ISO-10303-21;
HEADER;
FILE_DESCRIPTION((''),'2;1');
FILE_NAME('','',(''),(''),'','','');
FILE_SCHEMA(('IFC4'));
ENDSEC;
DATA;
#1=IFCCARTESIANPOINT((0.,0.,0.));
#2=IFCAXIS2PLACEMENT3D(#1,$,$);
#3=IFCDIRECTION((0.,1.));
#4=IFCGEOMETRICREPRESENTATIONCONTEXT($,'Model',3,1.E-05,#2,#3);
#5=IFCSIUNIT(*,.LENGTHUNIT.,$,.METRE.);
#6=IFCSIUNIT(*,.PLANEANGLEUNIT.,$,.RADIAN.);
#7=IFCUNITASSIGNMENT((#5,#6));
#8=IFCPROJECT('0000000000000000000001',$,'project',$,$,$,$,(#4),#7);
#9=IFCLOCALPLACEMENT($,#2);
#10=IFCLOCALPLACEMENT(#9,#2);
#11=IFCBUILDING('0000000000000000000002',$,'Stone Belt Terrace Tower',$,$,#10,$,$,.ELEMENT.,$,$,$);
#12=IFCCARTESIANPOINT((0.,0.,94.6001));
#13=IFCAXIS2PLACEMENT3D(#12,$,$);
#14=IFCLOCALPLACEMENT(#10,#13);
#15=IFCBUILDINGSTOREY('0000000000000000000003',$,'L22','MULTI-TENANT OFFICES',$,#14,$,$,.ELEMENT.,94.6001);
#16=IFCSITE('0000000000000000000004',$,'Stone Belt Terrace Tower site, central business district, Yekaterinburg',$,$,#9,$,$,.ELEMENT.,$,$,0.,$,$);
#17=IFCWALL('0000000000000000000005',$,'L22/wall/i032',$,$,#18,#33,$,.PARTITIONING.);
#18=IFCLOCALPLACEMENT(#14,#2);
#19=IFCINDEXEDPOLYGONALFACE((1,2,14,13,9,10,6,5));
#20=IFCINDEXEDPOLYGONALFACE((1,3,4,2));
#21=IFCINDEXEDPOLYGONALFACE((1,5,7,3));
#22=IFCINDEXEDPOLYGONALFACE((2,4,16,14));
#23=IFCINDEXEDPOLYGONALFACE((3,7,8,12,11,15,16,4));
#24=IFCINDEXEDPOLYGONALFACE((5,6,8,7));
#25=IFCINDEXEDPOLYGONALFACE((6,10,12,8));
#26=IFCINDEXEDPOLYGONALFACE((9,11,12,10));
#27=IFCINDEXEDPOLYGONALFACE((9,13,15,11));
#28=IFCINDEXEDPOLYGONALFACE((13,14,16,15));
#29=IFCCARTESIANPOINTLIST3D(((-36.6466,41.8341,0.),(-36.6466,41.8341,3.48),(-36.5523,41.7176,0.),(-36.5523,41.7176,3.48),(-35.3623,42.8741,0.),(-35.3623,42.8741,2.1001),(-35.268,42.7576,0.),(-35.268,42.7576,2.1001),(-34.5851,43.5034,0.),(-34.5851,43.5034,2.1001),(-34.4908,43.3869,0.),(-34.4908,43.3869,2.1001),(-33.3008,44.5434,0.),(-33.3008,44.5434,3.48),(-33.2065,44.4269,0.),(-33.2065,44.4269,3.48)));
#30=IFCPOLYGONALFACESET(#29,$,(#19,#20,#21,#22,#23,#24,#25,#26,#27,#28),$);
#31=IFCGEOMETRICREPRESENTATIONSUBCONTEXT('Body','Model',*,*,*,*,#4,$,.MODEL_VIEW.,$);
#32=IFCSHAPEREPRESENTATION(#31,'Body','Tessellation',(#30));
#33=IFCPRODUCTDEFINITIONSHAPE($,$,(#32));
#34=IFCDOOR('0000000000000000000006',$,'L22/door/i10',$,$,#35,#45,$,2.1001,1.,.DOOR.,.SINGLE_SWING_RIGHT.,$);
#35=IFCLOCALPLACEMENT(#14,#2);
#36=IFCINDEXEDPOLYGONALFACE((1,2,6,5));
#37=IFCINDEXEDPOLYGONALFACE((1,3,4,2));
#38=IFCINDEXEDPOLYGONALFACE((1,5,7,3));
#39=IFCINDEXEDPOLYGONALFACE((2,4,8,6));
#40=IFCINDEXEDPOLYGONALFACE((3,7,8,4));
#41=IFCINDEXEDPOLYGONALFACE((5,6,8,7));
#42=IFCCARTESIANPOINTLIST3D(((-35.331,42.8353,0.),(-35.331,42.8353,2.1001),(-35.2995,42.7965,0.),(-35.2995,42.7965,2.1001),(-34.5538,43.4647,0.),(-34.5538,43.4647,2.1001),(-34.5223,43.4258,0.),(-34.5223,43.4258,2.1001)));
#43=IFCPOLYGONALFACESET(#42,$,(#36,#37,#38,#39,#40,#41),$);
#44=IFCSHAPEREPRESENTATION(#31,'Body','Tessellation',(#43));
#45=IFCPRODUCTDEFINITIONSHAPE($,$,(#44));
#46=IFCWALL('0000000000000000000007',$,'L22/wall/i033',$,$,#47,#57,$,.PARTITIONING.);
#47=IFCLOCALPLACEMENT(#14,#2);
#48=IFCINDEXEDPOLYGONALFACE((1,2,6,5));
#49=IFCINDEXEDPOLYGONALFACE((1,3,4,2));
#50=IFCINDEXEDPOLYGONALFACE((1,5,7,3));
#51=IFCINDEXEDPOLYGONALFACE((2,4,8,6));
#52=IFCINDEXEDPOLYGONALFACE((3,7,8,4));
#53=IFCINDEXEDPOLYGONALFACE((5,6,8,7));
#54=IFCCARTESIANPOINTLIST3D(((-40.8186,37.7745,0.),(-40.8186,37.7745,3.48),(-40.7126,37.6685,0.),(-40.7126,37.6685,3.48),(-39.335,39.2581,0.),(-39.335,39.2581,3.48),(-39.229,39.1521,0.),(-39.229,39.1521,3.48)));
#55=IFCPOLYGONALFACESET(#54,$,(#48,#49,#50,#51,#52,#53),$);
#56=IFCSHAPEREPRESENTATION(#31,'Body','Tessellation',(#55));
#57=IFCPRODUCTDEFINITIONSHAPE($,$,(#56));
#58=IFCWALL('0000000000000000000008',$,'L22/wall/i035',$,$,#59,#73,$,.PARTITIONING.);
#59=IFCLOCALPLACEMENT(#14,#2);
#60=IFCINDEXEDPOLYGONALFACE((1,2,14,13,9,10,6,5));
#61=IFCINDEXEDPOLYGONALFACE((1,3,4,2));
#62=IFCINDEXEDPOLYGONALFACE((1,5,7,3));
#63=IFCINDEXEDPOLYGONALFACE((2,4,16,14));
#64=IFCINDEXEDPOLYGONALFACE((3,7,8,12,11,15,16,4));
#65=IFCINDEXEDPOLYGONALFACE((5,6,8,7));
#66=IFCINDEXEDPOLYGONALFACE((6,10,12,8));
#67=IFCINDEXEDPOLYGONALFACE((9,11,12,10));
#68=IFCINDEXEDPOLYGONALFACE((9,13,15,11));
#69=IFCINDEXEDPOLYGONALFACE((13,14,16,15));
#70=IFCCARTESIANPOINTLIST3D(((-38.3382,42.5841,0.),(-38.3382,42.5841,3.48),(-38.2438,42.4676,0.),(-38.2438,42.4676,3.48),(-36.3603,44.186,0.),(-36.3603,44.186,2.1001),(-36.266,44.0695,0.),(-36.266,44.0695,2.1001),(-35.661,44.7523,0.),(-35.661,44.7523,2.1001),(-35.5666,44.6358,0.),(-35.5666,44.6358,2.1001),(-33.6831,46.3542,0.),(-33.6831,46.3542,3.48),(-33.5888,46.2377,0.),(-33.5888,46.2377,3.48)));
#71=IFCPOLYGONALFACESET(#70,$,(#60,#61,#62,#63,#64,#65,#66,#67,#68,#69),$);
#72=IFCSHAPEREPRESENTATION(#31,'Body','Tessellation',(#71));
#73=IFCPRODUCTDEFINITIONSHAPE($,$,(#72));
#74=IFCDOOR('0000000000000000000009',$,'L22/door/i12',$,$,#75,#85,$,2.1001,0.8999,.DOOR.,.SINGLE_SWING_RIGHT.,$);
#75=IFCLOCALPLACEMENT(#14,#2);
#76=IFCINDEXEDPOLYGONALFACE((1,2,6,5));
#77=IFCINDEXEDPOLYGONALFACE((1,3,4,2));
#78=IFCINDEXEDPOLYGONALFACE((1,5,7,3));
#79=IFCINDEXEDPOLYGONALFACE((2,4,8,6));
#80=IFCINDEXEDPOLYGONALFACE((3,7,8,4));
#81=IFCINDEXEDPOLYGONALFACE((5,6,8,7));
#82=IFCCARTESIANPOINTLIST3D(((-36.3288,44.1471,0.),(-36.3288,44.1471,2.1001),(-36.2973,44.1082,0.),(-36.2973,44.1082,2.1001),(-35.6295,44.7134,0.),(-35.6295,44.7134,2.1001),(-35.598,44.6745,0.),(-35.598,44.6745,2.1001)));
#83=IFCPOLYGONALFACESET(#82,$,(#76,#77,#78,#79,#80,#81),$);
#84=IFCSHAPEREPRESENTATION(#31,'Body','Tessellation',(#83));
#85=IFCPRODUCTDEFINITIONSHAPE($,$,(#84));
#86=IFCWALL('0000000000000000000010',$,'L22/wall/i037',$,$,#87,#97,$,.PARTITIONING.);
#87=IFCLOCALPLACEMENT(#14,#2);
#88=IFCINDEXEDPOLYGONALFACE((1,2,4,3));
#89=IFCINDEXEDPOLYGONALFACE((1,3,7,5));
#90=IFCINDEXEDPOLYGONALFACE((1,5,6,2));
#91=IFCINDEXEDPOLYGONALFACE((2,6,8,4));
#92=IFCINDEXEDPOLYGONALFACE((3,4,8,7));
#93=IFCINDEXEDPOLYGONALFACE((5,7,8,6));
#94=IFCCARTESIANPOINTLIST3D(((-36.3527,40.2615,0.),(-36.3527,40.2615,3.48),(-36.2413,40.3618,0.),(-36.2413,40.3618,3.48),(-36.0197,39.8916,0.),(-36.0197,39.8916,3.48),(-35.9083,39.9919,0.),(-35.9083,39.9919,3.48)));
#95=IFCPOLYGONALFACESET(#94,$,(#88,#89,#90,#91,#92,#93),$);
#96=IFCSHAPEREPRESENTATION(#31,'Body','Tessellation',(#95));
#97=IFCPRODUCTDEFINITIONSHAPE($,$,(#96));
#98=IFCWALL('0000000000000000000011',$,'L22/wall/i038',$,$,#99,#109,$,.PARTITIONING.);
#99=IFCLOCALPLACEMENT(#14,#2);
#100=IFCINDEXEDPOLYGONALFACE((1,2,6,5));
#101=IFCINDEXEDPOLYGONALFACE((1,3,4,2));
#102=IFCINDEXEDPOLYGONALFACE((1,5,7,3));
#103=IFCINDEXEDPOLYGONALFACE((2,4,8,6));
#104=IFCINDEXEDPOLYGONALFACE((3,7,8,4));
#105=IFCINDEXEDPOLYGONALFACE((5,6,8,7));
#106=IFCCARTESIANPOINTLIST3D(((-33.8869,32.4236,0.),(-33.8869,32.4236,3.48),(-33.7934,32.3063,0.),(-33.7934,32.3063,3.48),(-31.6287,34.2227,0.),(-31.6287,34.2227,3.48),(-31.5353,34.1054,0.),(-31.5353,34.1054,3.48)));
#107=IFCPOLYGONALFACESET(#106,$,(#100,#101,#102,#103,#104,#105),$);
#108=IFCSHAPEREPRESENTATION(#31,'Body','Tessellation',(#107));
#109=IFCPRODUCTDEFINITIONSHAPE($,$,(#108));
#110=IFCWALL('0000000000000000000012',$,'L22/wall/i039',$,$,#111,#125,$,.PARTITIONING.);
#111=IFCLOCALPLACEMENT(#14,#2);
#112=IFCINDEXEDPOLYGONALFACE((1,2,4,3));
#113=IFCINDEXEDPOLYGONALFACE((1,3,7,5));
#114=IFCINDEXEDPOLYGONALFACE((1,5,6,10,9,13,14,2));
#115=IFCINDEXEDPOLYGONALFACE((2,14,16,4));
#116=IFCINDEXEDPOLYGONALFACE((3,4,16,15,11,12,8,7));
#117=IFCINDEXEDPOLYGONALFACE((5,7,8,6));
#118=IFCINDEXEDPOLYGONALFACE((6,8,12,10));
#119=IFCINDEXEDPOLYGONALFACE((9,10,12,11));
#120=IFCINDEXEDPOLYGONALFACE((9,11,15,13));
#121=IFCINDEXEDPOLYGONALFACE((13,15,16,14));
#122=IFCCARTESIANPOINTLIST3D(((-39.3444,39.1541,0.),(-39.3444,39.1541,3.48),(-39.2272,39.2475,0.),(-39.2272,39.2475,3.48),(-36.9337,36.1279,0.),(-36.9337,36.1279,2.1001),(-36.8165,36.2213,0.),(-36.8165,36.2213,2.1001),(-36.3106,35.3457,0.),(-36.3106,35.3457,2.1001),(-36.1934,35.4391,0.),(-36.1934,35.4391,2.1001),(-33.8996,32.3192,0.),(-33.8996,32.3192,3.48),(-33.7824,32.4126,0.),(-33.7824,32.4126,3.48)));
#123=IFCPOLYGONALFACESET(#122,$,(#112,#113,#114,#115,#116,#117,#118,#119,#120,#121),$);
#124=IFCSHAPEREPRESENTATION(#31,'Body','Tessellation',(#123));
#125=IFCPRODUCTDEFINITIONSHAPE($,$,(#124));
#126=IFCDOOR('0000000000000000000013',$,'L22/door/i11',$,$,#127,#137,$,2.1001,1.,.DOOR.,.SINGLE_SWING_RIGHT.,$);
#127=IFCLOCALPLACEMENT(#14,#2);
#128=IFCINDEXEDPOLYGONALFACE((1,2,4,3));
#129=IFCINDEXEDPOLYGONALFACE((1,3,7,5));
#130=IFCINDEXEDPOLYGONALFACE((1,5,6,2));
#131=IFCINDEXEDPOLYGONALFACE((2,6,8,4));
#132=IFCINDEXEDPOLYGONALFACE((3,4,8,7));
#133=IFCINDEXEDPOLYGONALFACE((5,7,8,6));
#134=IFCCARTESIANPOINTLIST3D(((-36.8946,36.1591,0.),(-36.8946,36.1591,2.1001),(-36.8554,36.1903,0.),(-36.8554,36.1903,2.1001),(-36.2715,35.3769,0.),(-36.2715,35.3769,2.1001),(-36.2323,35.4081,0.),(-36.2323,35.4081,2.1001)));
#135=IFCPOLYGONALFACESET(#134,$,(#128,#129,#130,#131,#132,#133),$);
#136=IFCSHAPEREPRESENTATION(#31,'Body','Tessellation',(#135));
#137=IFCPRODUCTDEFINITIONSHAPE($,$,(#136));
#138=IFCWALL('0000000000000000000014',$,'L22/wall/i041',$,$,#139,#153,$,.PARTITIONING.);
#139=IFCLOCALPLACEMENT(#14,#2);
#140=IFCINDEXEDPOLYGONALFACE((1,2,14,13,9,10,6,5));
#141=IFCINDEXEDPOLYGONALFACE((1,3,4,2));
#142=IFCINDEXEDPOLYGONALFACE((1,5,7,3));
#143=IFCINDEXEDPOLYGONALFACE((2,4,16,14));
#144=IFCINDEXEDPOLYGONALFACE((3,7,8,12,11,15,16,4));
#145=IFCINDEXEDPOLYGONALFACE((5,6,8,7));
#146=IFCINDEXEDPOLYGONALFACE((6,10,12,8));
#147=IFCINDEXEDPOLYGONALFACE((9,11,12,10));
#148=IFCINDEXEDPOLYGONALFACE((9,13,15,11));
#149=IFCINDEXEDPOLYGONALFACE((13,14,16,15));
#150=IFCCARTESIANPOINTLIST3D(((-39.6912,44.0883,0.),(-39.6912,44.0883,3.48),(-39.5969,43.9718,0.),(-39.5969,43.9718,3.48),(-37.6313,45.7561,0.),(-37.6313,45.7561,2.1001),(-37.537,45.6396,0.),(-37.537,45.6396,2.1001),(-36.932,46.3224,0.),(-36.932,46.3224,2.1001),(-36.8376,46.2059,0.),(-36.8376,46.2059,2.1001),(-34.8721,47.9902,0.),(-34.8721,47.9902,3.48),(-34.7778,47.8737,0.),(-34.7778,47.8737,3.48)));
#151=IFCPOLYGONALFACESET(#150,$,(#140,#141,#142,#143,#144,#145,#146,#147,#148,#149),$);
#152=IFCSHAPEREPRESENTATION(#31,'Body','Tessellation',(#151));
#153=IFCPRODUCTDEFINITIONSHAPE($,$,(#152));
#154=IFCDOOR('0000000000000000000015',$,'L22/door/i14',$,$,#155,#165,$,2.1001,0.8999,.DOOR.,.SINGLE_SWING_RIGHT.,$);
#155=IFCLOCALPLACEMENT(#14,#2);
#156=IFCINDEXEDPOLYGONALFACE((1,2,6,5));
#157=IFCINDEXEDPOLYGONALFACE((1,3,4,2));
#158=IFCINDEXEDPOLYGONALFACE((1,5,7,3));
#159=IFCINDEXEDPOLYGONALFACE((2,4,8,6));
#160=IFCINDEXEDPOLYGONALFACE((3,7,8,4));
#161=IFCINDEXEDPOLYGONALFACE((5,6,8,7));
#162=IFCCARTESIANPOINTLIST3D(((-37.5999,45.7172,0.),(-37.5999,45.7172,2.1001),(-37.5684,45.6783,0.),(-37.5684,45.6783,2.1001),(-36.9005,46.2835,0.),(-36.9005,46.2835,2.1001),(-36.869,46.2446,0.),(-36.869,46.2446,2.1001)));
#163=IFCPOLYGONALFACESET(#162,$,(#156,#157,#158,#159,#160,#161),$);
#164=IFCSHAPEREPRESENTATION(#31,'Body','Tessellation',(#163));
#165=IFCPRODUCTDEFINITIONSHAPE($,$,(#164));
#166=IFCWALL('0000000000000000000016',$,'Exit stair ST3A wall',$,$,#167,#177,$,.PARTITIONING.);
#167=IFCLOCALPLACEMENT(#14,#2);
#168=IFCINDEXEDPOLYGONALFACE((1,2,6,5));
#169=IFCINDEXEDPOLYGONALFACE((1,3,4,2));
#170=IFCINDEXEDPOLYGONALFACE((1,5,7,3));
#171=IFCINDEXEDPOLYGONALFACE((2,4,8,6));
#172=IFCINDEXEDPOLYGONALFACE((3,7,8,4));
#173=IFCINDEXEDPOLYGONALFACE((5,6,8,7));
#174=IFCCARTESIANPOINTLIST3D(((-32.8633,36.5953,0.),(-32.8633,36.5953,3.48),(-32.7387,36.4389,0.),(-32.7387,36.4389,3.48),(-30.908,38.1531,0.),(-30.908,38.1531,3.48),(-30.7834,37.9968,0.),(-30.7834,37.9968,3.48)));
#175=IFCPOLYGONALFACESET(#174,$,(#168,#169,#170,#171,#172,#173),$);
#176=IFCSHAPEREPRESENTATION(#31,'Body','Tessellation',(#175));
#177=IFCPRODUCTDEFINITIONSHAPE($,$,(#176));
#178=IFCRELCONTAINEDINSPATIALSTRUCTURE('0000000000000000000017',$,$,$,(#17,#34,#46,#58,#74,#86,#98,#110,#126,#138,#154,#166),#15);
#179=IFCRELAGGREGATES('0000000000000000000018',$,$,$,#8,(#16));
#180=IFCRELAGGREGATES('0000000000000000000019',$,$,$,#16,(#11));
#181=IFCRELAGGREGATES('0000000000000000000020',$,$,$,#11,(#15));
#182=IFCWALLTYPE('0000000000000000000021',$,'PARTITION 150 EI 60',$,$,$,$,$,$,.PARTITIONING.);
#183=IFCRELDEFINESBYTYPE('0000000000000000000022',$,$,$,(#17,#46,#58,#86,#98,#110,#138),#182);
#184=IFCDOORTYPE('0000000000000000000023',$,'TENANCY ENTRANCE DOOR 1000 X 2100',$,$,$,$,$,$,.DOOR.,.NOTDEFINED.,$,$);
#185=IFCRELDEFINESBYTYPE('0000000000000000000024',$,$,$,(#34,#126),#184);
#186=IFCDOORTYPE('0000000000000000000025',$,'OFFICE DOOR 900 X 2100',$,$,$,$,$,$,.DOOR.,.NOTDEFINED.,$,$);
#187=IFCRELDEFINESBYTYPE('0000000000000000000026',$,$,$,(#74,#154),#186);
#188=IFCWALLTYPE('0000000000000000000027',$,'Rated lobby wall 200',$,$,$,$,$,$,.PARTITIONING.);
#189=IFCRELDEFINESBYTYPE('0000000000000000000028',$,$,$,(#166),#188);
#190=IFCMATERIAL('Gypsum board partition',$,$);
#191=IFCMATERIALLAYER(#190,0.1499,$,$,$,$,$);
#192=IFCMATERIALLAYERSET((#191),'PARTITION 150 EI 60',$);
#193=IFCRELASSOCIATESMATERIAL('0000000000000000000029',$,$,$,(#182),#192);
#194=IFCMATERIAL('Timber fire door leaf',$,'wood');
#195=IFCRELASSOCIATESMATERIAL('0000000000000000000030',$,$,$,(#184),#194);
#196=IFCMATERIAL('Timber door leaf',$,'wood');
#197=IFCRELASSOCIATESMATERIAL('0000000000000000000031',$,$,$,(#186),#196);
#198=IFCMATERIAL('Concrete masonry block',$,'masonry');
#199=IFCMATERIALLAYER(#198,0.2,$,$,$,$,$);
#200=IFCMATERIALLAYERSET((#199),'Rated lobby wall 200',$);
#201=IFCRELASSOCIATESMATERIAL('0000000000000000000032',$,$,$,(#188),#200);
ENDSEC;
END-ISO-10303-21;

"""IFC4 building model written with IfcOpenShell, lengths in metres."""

from ifc_helpers import new_model, si_unit, direction, frame, frame_2d, origin, place, context, subcontext, project, spatial, rectangle, extrude, material, layer, layer_set, type_object, element, fill, save


model = new_model("IFC4")

# Units and contexts
model_context = context("Model", 3, precision=1e-05, world=origin(), true_north=direction((0.0, 1.0)))
body_context = subcontext(model_context, "Body", "Model", "MODEL_VIEW")
ifc_project = project(units=[si_unit("LENGTHUNIT", "METRE"), si_unit("PLANEANGLEUNIT", "RADIAN")], contexts=[model_context])

# Site, building, storey
site_placement = place(None, origin())
site = spatial("IfcSite", under=ifc_project, at=site_placement, Name="Stone Belt Terrace Tower site, central business district, Yekaterinburg", CompositionType="ELEMENT", RefElevation=0.0)
building_placement = place(site_placement, origin())
building = spatial("IfcBuilding", under=site, at=building_placement, Name="Stone Belt Terrace Tower", CompositionType="ELEMENT")
storey_placement = place(building_placement, frame((0.0, 0.0, 94.6001)))
storey = spatial("IfcBuildingStorey", under=building, at=storey_placement, Name="L22", Description="MULTI-TENANT OFFICES", CompositionType="ELEMENT", Elevation=94.6001)

# Shared definitions
ifc_material_1 = material(Name="Gypsum board partition")
ifc_layer_1 = layer(ifc_material_1, 0.1499)
ifc_layer_set_1 = layer_set([ifc_layer_1], Name="PARTITION 150 EI 60")
wall_type_1 = type_object("IfcWallType", Name="PARTITION 150 EI 60", PredefinedType="PARTITIONING", material=ifc_layer_set_1)

# Wall, opening, door
wall_1_placement = place(storey_placement, frame((-33.2537, 44.4851, 0.0), z_axis=(0.0, 0.0, 1.0), x_axis=(-0.777154, -0.629311, 0.0)))
wall_1 = element("IfcWall", 1, at=wall_1_placement, inside=storey, type_object=wall_type_1, Name="L22/wall/i032", PredefinedType="PARTITIONING", context=body_context, shape_type="SweptSolid", body=[
    extrude(rectangle(XDim=4.3052, YDim=0.1499, at=frame_2d((2.1526, 0.0))), origin(), (0.0, 0.0, 1.0), 3.48),
])
opening_1_placement = place(wall_1_placement, frame((1.6526, 0.0, 0.0)))
opening_1 = element("IfcOpeningElement", 2, at=opening_1_placement, cuts=wall_1, PredefinedType="OPENING", context=body_context, shape_type="SweptSolid", body=[
    extrude(rectangle(XDim=1.0, YDim=2.1001, at=frame_2d((0.5, 1.05))), frame((0.0, 0.085, 0.0), z_axis=(0.0, -1.0, 0.0), x_axis=(1.0, 0.0, 0.0)), (0.0, 0.0, 1.0), 0.1699),
])
ifc_material_2 = material(Name="Timber fire door leaf", Category="wood")
door_type_1 = type_object("IfcDoorType", Name="TENANCY ENTRANCE DOOR 1000 X 2100", OperationType="NOTDEFINED", PredefinedType="DOOR", material=ifc_material_2)
door_1_placement = place(opening_1_placement, origin())
door_1 = element("IfcDoor", 3, at=door_1_placement, inside=storey, type_object=door_type_1, Name="L22/door/i10", OperationType="SINGLE_SWING_RIGHT", OverallHeight=2.1001, OverallWidth=1.0, PredefinedType="DOOR", context=body_context, shape_type="SweptSolid", body=[
    extrude(rectangle(XDim=1.0, YDim=2.1001, at=frame_2d((0.5, 1.05))), frame((0.0, 0.0249, 0.0), z_axis=(0.0, -1.0, 0.0), x_axis=(1.0, 0.0, 0.0)), (0.0, 0.0, 1.0), 0.05),
])
fill(opening_1, door_1)

# Wall
wall_2_placement = place(storey_placement, frame((-39.282, 39.2051, 0.0), z_axis=(0.0, 0.0, 1.0), x_axis=(-0.707107, -0.707107, 0.0)))
element("IfcWall", 4, at=wall_2_placement, inside=storey, type_object=wall_type_1, Name="L22/wall/i033", PredefinedType="PARTITIONING", context=body_context, shape_type="SweptSolid", body=[
    extrude(rectangle(XDim=2.0981, YDim=0.1499, at=frame_2d((1.0491, 0.0))), origin(), (0.0, 0.0, 1.0), 3.48),
])

# Wall, opening, door
wall_3_placement = place(storey_placement, frame((-38.291, 42.5259, 0.0), z_axis=(0.0, 0.0, 1.0), x_axis=(0.777109, 0.629366, 0.0)))
wall_3 = element("IfcWall", 5, at=wall_3_placement, inside=storey, type_object=wall_type_1, Name="L22/wall/i035", PredefinedType="PARTITIONING", context=body_context, shape_type="SweptSolid", body=[
    extrude(rectangle(XDim=5.9902, YDim=0.1499, at=frame_2d((2.9951, 0.0))), origin(), (0.0, 0.0, 1.0), 3.48),
])
opening_2_placement = place(wall_3_placement, frame((2.5452, 0.0, 0.0)))
opening_2 = element("IfcOpeningElement", 6, at=opening_2_placement, cuts=wall_3, PredefinedType="OPENING", context=body_context, shape_type="SweptSolid", body=[
    extrude(rectangle(XDim=0.8999, YDim=2.1001, at=frame_2d((0.45, 1.05))), frame((0.0, 0.085, 0.0), z_axis=(0.0, -1.0, 0.0), x_axis=(1.0, 0.0, 0.0)), (0.0, 0.0, 1.0), 0.1699),
])
ifc_material_3 = material(Name="Timber door leaf", Category="wood")
door_type_2 = type_object("IfcDoorType", Name="OFFICE DOOR 900 X 2100", OperationType="NOTDEFINED", PredefinedType="DOOR", material=ifc_material_3)
door_2_placement = place(opening_2_placement, origin())
door_2 = element("IfcDoor", 7, at=door_2_placement, inside=storey, type_object=door_type_2, Name="L22/door/i12", OperationType="SINGLE_SWING_RIGHT", OverallHeight=2.1001, OverallWidth=0.8999, PredefinedType="DOOR", context=body_context, shape_type="SweptSolid", body=[
    extrude(rectangle(XDim=0.8999, YDim=2.1001, at=frame_2d((0.45, 1.05))), frame((0.0, 0.0249, 0.0), z_axis=(0.0, -1.0, 0.0), x_axis=(1.0, 0.0, 0.0)), (0.0, 0.0, 1.0), 0.05),
])
fill(opening_2, door_2)

# Walls
wall_4_placement = place(storey_placement, frame((-36.2971, 40.3118, 0.0), z_axis=(0.0, 0.0, 1.0), x_axis=(0.6691, -0.743172, 0.0)))
element("IfcWall", 8, at=wall_4_placement, inside=storey, type_object=wall_type_1, Name="L22/wall/i037", PredefinedType="PARTITIONING", context=body_context, shape_type="SweptSolid", body=[
    extrude(rectangle(XDim=0.4978, YDim=0.1499, at=frame_2d((0.249, 0.0))), origin(), (0.0, 0.0, 1.0), 3.48),
])
wall_5_placement = place(storey_placement, frame((-31.582, 34.1641, 0.0), z_axis=(0.0, 0.0, 1.0), x_axis=(-0.782113, -0.623137, 0.0)))
element("IfcWall", 9, at=wall_5_placement, inside=storey, type_object=wall_type_1, Name="L22/wall/i038", PredefinedType="PARTITIONING", context=body_context, shape_type="SweptSolid", body=[
    extrude(rectangle(XDim=2.8872, YDim=0.1499, at=frame_2d((1.4436, 0.0))), origin(), (0.0, 0.0, 1.0), 3.48),
])

# Walls, openings, doors
wall_6_placement = place(storey_placement, frame((-33.8411, 32.366, 0.0), z_axis=(0.0, 0.0, 1.0), x_axis=(-0.623079, 0.782159, 0.0)))
wall_6 = element("IfcWall", 10, at=wall_6_placement, inside=storey, type_object=wall_type_1, Name="L22/wall/i039", PredefinedType="PARTITIONING", context=body_context, shape_type="SweptSolid", body=[
    extrude(rectangle(XDim=8.7385, YDim=0.1499, at=frame_2d((4.3691, 0.0))), origin(), (0.0, 0.0, 1.0), 3.48),
])
opening_3_placement = place(wall_6_placement, frame((3.8694, 0.0, 0.0)))
opening_3 = element("IfcOpeningElement", 11, at=opening_3_placement, cuts=wall_6, PredefinedType="OPENING", context=body_context, shape_type="SweptSolid", body=[
    extrude(rectangle(XDim=1.0, YDim=2.1001, at=frame_2d((0.5, 1.05))), frame((0.0, 0.085, 0.0), z_axis=(0.0, -1.0, 0.0), x_axis=(1.0, 0.0, 0.0)), (0.0, 0.0, 1.0), 0.1699),
])
door_3_placement = place(opening_3_placement, origin())
door_3 = element("IfcDoor", 12, at=door_3_placement, inside=storey, type_object=door_type_1, Name="L22/door/i11", OperationType="SINGLE_SWING_RIGHT", OverallHeight=2.1001, OverallWidth=1.0, PredefinedType="DOOR", context=body_context, shape_type="SweptSolid", body=[
    extrude(rectangle(XDim=1.0, YDim=2.1001, at=frame_2d((0.5, 1.05))), frame((0.0, 0.0249, 0.0), z_axis=(0.0, -1.0, 0.0), x_axis=(1.0, 0.0, 0.0)), (0.0, 0.0, 1.0), 0.05),
])
fill(opening_3, door_3)
wall_7_placement = place(storey_placement, frame((-39.644, 44.03, 0.0), z_axis=(0.0, 0.0, 1.0), x_axis=(0.777191, 0.629265, 0.0)))
wall_7 = element("IfcWall", 13, at=wall_7_placement, inside=storey, type_object=wall_type_1, Name="L22/wall/i041", PredefinedType="PARTITIONING", context=body_context, shape_type="SweptSolid", body=[
    extrude(rectangle(XDim=6.2007, YDim=0.1499, at=frame_2d((3.1003, 0.0))), origin(), (0.0, 0.0, 1.0), 3.48),
])
opening_4_placement = place(wall_7_placement, frame((2.6504, 0.0, 0.0)))
opening_4 = element("IfcOpeningElement", 14, at=opening_4_placement, cuts=wall_7, PredefinedType="OPENING", context=body_context, shape_type="SweptSolid", body=[
    extrude(rectangle(XDim=0.8999, YDim=2.1001, at=frame_2d((0.45, 1.05))), frame((0.0, 0.085, 0.0), z_axis=(0.0, -1.0, 0.0), x_axis=(1.0, 0.0, 0.0)), (0.0, 0.0, 1.0), 0.1699),
])
door_4_placement = place(opening_4_placement, origin())
door_4 = element("IfcDoor", 15, at=door_4_placement, inside=storey, type_object=door_type_2, Name="L22/door/i14", OperationType="SINGLE_SWING_RIGHT", OverallHeight=2.1001, OverallWidth=0.8999, PredefinedType="DOOR", context=body_context, shape_type="SweptSolid", body=[
    extrude(rectangle(XDim=0.8999, YDim=2.1001, at=frame_2d((0.45, 1.05))), frame((0.0, 0.0249, 0.0), z_axis=(0.0, -1.0, 0.0), x_axis=(1.0, 0.0, 0.0)), (0.0, 0.0, 1.0), 0.05),
])
fill(opening_4, door_4)

# Wall
ifc_material_4 = material(Name="Concrete masonry block", Category="masonry")
ifc_layer_2 = layer(ifc_material_4, 0.2)
ifc_layer_set_2 = layer_set([ifc_layer_2], Name="Rated lobby wall 200")
wall_type_2 = type_object("IfcWallType", Name="Rated lobby wall 200", PredefinedType="PARTITIONING", material=ifc_layer_set_2)
wall_8_placement = place(storey_placement, frame((-30.8457, 38.075, 0.0), z_axis=(0.0, 0.0, 1.0), x_axis=(-0.782115, -0.623134, 0.0)))
element("IfcWall", 16, at=wall_8_placement, inside=storey, type_object=wall_type_2, Name="Exit stair ST3A wall", PredefinedType="PARTITIONING", context=body_context, shape_type="SweptSolid", body=[
    extrude(rectangle(XDim=2.5, YDim=0.2, at=frame_2d((1.25, 0.0))), origin(), (0.0, 0.0, 1.0), 3.48),
])

save(model, "model.ifc")
